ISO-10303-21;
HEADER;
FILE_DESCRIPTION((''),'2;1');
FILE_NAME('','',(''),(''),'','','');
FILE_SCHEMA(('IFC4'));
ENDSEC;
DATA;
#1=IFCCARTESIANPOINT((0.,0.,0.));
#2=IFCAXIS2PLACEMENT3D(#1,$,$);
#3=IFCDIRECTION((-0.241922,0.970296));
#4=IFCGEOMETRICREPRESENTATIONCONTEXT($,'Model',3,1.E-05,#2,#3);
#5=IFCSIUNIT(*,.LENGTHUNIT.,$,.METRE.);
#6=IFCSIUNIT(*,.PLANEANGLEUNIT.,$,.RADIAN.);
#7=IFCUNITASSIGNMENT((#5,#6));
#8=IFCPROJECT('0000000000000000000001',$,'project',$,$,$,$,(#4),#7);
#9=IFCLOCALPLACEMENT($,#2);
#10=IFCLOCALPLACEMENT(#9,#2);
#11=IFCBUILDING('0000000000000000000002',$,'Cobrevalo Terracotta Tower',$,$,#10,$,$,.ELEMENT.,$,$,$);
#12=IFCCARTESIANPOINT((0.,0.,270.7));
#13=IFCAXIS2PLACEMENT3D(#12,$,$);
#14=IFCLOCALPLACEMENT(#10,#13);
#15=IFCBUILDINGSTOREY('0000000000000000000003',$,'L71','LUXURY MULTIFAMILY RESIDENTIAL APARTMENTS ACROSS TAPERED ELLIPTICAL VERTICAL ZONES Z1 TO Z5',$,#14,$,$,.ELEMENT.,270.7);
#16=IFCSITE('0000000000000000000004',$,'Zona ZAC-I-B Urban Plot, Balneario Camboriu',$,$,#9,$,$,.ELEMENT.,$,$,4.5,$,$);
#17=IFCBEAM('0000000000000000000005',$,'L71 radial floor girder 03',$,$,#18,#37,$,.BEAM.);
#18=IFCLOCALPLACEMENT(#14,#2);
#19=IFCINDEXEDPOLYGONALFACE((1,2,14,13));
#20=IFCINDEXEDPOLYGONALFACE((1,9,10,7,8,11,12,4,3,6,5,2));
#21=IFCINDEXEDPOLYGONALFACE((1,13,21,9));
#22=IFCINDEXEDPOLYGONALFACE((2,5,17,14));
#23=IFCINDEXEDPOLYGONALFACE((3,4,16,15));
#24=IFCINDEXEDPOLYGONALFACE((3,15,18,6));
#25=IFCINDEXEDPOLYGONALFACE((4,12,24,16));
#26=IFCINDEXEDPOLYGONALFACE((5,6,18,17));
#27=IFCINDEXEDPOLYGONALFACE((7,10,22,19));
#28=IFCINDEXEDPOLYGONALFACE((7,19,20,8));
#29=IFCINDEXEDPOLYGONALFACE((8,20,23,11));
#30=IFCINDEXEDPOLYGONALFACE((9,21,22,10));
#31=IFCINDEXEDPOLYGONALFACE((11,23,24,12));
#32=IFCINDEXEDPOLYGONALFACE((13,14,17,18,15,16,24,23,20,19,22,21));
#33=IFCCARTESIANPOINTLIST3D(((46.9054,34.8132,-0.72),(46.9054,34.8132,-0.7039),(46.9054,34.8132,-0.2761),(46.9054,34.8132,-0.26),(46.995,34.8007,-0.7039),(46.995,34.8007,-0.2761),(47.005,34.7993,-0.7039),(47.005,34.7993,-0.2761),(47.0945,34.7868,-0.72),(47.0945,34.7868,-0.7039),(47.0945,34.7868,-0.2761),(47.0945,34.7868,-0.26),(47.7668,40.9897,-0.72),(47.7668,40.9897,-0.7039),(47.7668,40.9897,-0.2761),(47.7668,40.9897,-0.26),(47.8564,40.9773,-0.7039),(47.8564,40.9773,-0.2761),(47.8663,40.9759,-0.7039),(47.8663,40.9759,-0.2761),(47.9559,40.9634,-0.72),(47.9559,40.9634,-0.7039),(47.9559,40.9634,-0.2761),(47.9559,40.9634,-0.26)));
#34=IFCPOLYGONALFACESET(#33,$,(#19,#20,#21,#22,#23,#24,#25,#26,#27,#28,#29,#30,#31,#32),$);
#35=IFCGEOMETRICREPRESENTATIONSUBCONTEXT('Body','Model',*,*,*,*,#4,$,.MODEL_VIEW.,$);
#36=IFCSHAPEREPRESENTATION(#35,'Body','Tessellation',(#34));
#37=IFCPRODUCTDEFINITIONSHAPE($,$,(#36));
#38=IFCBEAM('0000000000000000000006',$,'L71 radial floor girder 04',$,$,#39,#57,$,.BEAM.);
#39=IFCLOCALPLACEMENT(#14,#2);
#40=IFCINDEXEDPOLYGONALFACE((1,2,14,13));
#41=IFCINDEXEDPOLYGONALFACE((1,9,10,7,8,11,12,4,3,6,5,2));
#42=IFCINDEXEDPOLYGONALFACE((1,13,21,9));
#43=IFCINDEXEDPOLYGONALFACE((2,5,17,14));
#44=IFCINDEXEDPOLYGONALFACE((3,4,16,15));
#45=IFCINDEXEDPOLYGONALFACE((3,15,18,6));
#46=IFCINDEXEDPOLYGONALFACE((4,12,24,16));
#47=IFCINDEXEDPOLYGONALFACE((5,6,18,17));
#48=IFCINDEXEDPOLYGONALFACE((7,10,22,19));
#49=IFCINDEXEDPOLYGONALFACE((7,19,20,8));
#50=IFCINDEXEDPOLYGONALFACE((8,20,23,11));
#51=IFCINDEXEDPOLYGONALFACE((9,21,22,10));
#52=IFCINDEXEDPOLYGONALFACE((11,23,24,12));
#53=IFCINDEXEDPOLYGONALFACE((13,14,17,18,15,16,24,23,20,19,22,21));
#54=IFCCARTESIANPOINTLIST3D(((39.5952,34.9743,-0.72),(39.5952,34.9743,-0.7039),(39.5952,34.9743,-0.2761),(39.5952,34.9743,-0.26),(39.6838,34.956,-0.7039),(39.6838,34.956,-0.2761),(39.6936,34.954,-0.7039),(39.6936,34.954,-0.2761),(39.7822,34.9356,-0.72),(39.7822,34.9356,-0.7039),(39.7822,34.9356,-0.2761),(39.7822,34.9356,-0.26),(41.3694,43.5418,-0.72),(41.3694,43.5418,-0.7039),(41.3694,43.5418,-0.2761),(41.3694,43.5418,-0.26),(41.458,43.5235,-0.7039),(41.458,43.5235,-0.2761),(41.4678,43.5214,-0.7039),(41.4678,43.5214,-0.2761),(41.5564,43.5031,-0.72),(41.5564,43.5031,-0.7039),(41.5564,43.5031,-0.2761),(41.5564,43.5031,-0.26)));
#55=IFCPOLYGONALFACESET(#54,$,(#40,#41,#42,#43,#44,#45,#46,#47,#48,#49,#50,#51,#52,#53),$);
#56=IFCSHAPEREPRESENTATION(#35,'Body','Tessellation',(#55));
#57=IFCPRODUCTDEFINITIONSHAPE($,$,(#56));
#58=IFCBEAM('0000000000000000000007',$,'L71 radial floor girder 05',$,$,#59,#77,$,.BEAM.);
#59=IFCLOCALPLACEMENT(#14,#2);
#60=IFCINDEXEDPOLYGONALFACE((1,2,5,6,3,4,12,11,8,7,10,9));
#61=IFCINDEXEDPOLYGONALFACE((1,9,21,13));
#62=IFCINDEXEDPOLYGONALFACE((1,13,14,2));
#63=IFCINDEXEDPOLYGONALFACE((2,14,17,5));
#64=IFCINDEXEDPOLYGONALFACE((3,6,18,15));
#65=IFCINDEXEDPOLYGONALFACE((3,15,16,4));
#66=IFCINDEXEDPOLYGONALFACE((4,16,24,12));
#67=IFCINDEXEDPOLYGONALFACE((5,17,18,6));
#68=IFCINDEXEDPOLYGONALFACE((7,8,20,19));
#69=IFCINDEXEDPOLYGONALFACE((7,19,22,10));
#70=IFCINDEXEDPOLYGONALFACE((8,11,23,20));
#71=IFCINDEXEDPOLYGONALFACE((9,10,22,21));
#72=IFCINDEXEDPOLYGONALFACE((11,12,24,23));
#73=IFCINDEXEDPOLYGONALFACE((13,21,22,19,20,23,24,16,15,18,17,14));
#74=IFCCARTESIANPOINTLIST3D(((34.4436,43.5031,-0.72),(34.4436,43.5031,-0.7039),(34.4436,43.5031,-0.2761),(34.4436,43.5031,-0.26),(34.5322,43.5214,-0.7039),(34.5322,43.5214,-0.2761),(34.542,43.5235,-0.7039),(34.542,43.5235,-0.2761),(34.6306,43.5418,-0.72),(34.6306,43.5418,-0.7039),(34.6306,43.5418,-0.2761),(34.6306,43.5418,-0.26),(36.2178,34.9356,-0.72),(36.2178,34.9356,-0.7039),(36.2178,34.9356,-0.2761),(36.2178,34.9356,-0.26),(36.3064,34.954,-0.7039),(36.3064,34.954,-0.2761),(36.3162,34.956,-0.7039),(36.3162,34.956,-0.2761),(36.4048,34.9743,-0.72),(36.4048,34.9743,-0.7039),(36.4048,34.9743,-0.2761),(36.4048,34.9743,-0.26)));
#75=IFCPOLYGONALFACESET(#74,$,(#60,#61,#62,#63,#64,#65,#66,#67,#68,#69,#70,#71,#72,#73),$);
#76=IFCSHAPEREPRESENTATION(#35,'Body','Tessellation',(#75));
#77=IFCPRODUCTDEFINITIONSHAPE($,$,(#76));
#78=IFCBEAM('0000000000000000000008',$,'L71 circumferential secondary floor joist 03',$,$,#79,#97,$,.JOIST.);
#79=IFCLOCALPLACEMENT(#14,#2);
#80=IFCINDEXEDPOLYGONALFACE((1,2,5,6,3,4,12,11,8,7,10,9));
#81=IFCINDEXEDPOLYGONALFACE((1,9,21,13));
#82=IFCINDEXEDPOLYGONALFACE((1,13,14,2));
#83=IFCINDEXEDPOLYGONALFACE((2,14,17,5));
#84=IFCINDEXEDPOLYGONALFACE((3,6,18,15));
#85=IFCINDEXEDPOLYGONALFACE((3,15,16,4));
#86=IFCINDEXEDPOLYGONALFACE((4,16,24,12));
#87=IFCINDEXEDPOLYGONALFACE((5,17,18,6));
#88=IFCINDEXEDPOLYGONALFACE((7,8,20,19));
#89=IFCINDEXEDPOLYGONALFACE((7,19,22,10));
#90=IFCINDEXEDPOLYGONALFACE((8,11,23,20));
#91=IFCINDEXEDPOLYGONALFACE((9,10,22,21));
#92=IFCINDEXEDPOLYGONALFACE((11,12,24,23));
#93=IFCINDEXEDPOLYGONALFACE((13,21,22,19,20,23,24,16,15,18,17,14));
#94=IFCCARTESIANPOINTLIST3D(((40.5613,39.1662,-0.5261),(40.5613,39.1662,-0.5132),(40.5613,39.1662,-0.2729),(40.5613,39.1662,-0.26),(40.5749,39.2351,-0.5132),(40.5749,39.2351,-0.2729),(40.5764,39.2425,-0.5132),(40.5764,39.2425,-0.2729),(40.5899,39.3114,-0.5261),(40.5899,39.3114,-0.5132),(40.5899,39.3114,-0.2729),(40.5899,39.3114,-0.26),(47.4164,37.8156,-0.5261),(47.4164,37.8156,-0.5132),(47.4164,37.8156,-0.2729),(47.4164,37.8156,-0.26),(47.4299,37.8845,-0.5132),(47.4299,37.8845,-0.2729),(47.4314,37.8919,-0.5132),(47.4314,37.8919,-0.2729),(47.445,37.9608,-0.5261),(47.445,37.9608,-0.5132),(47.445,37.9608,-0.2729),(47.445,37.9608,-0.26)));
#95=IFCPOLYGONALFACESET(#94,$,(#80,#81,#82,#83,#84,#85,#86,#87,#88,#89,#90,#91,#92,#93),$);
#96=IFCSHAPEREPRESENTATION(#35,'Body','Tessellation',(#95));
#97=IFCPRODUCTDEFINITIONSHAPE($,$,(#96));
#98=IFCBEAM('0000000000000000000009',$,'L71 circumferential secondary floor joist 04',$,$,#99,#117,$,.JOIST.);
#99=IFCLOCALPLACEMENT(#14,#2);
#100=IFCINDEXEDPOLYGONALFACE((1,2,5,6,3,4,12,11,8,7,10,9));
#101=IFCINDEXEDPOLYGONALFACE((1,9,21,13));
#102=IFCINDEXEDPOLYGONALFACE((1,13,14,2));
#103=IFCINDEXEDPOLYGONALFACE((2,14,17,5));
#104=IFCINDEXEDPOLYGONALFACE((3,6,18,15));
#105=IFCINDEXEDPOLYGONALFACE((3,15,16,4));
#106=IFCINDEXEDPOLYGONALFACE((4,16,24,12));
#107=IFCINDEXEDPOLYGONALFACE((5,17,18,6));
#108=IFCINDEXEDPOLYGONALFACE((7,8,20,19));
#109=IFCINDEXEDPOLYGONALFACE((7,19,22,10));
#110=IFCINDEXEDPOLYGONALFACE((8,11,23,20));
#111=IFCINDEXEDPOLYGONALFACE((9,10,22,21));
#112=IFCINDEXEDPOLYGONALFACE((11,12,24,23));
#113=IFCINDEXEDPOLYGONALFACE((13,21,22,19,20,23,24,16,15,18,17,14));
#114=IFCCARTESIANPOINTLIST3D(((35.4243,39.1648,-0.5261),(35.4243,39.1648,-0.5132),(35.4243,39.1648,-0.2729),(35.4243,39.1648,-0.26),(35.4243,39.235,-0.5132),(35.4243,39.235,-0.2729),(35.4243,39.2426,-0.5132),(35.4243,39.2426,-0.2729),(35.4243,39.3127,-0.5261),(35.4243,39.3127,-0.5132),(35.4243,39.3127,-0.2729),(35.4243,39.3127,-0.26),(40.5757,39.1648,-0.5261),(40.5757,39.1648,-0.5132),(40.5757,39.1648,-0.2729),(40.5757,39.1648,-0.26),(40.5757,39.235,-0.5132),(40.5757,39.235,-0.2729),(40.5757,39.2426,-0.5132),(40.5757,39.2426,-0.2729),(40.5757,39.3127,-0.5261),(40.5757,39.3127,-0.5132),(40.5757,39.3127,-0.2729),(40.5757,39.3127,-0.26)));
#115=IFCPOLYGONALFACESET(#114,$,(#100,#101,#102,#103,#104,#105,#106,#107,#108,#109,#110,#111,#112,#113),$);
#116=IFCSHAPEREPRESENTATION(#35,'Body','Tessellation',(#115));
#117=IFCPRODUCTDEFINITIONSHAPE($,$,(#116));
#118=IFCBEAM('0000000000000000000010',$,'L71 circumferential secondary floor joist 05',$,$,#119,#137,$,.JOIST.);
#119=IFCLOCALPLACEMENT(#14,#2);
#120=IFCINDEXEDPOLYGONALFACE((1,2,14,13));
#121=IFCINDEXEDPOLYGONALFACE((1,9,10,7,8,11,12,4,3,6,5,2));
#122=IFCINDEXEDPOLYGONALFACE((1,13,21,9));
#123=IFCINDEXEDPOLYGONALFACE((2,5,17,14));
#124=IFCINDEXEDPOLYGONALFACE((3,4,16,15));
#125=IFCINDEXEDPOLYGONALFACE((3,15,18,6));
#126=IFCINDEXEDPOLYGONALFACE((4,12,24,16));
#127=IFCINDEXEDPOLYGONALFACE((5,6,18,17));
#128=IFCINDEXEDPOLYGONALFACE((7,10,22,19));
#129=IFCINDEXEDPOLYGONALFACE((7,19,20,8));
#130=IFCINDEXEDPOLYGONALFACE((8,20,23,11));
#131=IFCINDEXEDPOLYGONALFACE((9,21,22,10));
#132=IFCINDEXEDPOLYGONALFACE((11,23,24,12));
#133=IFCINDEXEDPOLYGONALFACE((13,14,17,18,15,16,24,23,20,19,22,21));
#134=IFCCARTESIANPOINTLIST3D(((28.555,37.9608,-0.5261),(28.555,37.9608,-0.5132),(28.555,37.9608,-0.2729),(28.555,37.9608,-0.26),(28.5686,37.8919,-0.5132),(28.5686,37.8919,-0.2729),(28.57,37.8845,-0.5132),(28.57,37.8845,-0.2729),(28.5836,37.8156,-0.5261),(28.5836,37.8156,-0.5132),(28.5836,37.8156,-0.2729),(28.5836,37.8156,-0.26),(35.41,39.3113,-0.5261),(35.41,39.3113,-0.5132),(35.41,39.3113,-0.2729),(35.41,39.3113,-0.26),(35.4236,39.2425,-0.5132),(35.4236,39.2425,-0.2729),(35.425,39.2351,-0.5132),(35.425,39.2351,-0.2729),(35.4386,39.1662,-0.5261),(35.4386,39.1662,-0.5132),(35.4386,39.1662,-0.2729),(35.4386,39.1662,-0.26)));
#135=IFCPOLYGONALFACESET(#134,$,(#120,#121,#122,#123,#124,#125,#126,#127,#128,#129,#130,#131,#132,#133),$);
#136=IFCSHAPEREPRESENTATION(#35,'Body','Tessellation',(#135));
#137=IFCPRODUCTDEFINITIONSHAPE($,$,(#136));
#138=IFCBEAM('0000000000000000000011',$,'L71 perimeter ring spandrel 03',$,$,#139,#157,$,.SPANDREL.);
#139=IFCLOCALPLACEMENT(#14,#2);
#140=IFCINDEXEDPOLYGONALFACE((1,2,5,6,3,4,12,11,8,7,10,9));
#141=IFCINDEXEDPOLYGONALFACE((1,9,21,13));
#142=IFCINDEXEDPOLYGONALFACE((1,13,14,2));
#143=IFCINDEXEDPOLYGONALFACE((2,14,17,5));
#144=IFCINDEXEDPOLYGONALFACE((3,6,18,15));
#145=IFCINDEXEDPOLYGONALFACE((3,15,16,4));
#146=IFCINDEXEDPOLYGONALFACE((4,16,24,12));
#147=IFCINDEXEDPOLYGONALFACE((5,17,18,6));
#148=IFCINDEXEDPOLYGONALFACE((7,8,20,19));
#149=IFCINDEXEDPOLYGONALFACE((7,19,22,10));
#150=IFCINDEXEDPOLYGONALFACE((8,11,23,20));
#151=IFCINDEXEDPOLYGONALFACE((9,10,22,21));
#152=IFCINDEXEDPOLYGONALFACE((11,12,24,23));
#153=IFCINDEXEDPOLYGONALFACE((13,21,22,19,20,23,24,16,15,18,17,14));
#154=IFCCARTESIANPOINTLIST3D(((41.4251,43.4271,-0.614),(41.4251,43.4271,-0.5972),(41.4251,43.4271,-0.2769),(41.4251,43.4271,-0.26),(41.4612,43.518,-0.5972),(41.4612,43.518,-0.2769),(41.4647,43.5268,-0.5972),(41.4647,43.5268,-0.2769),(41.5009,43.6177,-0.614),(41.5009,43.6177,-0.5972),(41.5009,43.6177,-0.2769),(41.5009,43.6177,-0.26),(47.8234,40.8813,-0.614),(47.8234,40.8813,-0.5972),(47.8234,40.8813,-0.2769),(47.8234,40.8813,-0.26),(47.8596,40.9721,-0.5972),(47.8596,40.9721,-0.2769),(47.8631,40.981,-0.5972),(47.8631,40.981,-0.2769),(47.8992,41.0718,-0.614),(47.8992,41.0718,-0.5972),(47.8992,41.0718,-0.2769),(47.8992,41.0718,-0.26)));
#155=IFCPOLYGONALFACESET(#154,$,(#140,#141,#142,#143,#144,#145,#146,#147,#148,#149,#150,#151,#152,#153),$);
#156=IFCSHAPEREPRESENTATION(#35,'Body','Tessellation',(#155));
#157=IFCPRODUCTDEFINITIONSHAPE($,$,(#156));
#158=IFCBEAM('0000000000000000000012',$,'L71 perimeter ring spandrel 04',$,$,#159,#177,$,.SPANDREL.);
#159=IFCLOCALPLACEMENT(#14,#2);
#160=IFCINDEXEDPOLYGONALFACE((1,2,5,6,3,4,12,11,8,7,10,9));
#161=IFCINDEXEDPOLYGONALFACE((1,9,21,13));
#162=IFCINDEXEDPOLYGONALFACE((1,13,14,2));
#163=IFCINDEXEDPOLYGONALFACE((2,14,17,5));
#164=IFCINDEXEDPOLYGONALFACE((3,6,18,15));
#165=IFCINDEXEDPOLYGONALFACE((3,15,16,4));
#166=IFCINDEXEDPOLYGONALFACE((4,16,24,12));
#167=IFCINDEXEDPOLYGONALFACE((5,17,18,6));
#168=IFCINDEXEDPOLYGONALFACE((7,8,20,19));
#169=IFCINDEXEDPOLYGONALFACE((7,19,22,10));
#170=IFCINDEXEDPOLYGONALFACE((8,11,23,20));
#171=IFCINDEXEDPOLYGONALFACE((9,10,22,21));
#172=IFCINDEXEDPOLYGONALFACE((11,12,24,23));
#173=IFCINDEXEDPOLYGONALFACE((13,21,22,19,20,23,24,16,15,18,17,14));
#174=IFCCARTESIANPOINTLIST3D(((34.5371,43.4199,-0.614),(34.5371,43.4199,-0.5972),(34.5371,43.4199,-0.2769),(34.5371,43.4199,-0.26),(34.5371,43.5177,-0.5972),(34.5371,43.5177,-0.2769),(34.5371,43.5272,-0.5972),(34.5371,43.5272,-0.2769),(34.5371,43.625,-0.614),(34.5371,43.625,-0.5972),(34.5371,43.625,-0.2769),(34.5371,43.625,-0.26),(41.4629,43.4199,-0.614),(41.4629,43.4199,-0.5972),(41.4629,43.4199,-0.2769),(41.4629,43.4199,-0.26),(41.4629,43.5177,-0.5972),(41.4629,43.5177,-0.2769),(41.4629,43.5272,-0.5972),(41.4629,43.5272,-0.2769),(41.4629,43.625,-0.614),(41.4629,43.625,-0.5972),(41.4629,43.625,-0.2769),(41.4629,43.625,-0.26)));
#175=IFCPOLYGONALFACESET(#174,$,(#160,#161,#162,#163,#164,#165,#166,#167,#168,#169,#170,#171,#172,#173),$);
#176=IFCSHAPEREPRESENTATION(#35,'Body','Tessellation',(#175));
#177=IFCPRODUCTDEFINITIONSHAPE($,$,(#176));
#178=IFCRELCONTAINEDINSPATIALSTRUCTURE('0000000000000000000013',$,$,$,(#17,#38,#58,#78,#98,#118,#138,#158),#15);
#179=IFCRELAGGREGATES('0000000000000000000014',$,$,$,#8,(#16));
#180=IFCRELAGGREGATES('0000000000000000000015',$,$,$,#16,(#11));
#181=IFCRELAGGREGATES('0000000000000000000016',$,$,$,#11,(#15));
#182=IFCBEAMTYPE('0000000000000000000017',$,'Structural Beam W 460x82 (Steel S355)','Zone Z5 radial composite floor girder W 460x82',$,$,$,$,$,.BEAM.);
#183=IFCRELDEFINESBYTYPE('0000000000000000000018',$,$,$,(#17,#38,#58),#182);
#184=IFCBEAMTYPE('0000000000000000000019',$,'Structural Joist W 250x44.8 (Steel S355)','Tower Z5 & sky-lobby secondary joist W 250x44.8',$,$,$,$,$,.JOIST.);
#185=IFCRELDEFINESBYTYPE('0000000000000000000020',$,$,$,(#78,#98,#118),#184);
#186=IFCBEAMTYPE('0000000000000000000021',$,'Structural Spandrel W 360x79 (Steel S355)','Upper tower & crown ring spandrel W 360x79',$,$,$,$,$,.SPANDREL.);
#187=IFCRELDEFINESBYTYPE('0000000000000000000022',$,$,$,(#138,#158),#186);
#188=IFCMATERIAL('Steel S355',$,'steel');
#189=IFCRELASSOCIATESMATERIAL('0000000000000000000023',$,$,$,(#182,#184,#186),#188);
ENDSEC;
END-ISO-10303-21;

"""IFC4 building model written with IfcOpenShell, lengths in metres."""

from ifc_helpers import new_model, si_unit, direction, frame, origin, origin_2d, place, context, subcontext, project, spatial, i_section, extrude, material, material_profile, profile_set, type_object, element, save


model = new_model("IFC4")

# Units and contexts
model_context = context("Model", 3, precision=1e-05, world=origin(), true_north=direction((-0.241922, 0.970296)))
body_context = subcontext(model_context, "Body", "Model", "MODEL_VIEW")
ifc_project = project(units=[si_unit("LENGTHUNIT", "METRE"), si_unit("PLANEANGLEUNIT", "RADIAN")], contexts=[model_context])

# Site, building, storey
site_placement = place(None, origin())
site = spatial("IfcSite", under=ifc_project, at=site_placement, Name="Zona ZAC-I-B Urban Plot, Balneario Camboriu", CompositionType="ELEMENT", RefElevation=4.5)
building_placement = place(site_placement, origin())
building = spatial("IfcBuilding", under=site, at=building_placement, Name="Cobrevalo Terracotta Tower", CompositionType="ELEMENT")
storey_placement = place(building_placement, frame((0.0, 0.0, 270.7)))
storey = spatial("IfcBuildingStorey", under=building, at=storey_placement, Name="L71", Description="LUXURY MULTIFAMILY RESIDENTIAL APARTMENTS ACROSS TAPERED ELLIPTICAL VERTICAL ZONES Z1 TO Z5", CompositionType="ELEMENT", Elevation=270.7)

# Shared definitions
ifc_material_1 = material(Name="Steel S355", Category="steel")

# Beams
ifc_material_profile_1 = material_profile(ifc_material_1, i_section(OverallWidth=0.1909, OverallDepth=0.46, WebThickness=0.01, FlangeThickness=0.0161, at=origin_2d()), Name="W 460x82")
ifc_profile_set_1 = profile_set([ifc_material_profile_1], Name="Steel S355")
beam_type_1 = type_object("IfcBeamType", Name="Structural Beam W 460x82 (Steel S355)", Description="Zone Z5 radial composite floor girder W 460x82", PredefinedType="BEAM", material=ifc_profile_set_1)
beam_1_placement = place(storey_placement, frame((47.8613, 40.9766, -0.49), z_axis=(-0.138116, -0.990416, 0.0), x_axis=(0.990416, -0.138116, 0.0)))
element("IfcBeam", 1, at=beam_1_placement, inside=storey, type_object=beam_type_1, Name="L71 radial floor girder 03", PredefinedType="BEAM", context=body_context, shape_type="SweptSolid", body=[
    extrude(i_section(OverallWidth=0.1909, OverallDepth=0.46, WebThickness=0.01, FlangeThickness=0.0161, at=origin_2d()), origin(), (0.0, 0.0, 1.0), 6.2363),
])
for number, where, z_axis, x_axis, name in (
    (2, (41.4629, 43.5225, -0.49), (-0.202782, -0.979224, 0.0), (0.979224, -0.202782, 0.0), "L71 radial floor girder 04"),
    (3, (34.5371, 43.5225, -0.49), (0.202782, -0.979224, 0.0), (0.979224, 0.202782, 0.0), "L71 radial floor girder 05"),
):
    element("IfcBeam", number, at=place(storey_placement, frame(where, z_axis=z_axis, x_axis=x_axis)), inside=storey, type_object=beam_type_1, Name=name, PredefinedType="BEAM", context=body_context, shape_type="SweptSolid", body=[
        extrude(i_section(OverallWidth=0.1909, OverallDepth=0.46, WebThickness=0.01, FlangeThickness=0.0161, at=origin_2d()), origin(), (0.0, 0.0, 1.0), 8.7493),
    ])
ifc_material_profile_2 = material_profile(ifc_material_1, i_section(OverallWidth=0.1479, OverallDepth=0.2661, WebThickness=0.0076, FlangeThickness=0.0129, at=origin_2d()), Name="W 250x44.8")
ifc_profile_set_2 = profile_set([ifc_material_profile_2], Name="Steel S355")
beam_type_2 = type_object("IfcBeamType", Name="Structural Joist W 250x44.8 (Steel S355)", Description="Tower Z5 & sky-lobby secondary joist W 250x44.8", PredefinedType="JOIST", material=ifc_profile_set_2)
beam_2_placement = place(storey_placement, frame((47.4307, 37.8882, -0.3931), z_axis=(-0.981138, 0.193306, 0.0), x_axis=(-0.193306, -0.981138, 0.0)))
element("IfcBeam", 4, at=beam_2_placement, inside=storey, type_object=beam_type_2, Name="L71 circumferential secondary floor joist 03", PredefinedType="JOIST", context=body_context, shape_type="SweptSolid", body=[
    extrude(i_section(OverallWidth=0.1479, OverallDepth=0.2661, WebThickness=0.0076, FlangeThickness=0.0129, at=origin_2d()), origin(), (0.0, 0.0, 1.0), 6.9868),
])
beam_3_placement = place(storey_placement, frame((40.5757, 39.2388, -0.3931), z_axis=(-1.0, 0.0, 0.0), x_axis=(0.0, -1.0, 0.0)))
element("IfcBeam", 5, at=beam_3_placement, inside=storey, type_object=beam_type_2, Name="L71 circumferential secondary floor joist 04", PredefinedType="JOIST", context=body_context, shape_type="SweptSolid", body=[
    extrude(i_section(OverallWidth=0.1479, OverallDepth=0.2661, WebThickness=0.0076, FlangeThickness=0.0129, at=origin_2d()), origin(), (0.0, 0.0, 1.0), 5.1514),
])
beam_4_placement = place(storey_placement, frame((35.4243, 39.2388, -0.3931), z_axis=(-0.981138, -0.193306, 0.0), x_axis=(0.193306, -0.981138, 0.0)))
element("IfcBeam", 6, at=beam_4_placement, inside=storey, type_object=beam_type_2, Name="L71 circumferential secondary floor joist 05", PredefinedType="JOIST", context=body_context, shape_type="SweptSolid", body=[
    extrude(i_section(OverallWidth=0.1479, OverallDepth=0.2661, WebThickness=0.0076, FlangeThickness=0.0129, at=origin_2d()), origin(), (0.0, 0.0, 1.0), 6.9868),
])
ifc_material_profile_3 = material_profile(ifc_material_1, i_section(OverallWidth=0.2051, OverallDepth=0.354, WebThickness=0.0095, FlangeThickness=0.0168, at=origin_2d()), Name="W 360x79")
ifc_profile_set_3 = profile_set([ifc_material_profile_3], Name="Steel S355")
beam_type_3 = type_object("IfcBeamType", Name="Structural Spandrel W 360x79 (Steel S355)", Description="Upper tower & crown ring spandrel W 360x79", PredefinedType="SPANDREL", material=ifc_profile_set_3)
beam_5_placement = place(storey_placement, frame((47.8613, 40.9766, -0.437), z_axis=(-0.92915, 0.369703, 0.0), x_axis=(-0.369703, -0.92915, 0.0)))
element("IfcBeam", 7, at=beam_5_placement, inside=storey, type_object=beam_type_3, Name="L71 perimeter ring spandrel 03", PredefinedType="SPANDREL", context=body_context, shape_type="SweptSolid", body=[
    extrude(i_section(OverallWidth=0.2051, OverallDepth=0.354, WebThickness=0.0095, FlangeThickness=0.0168, at=origin_2d()), origin(), (0.0, 0.0, 1.0), 6.8862),
])
beam_6_placement = place(storey_placement, frame((41.4629, 43.5225, -0.437), z_axis=(-1.0, 0.0, 0.0), x_axis=(0.0, -1.0, 0.0)))
element("IfcBeam", 8, at=beam_6_placement, inside=storey, type_object=beam_type_3, Name="L71 perimeter ring spandrel 04", PredefinedType="SPANDREL", context=body_context, shape_type="SweptSolid", body=[
    extrude(i_section(OverallWidth=0.2051, OverallDepth=0.354, WebThickness=0.0095, FlangeThickness=0.0168, at=origin_2d()), origin(), (0.0, 0.0, 1.0), 6.9258),
])

save(model, "model.ifc")
